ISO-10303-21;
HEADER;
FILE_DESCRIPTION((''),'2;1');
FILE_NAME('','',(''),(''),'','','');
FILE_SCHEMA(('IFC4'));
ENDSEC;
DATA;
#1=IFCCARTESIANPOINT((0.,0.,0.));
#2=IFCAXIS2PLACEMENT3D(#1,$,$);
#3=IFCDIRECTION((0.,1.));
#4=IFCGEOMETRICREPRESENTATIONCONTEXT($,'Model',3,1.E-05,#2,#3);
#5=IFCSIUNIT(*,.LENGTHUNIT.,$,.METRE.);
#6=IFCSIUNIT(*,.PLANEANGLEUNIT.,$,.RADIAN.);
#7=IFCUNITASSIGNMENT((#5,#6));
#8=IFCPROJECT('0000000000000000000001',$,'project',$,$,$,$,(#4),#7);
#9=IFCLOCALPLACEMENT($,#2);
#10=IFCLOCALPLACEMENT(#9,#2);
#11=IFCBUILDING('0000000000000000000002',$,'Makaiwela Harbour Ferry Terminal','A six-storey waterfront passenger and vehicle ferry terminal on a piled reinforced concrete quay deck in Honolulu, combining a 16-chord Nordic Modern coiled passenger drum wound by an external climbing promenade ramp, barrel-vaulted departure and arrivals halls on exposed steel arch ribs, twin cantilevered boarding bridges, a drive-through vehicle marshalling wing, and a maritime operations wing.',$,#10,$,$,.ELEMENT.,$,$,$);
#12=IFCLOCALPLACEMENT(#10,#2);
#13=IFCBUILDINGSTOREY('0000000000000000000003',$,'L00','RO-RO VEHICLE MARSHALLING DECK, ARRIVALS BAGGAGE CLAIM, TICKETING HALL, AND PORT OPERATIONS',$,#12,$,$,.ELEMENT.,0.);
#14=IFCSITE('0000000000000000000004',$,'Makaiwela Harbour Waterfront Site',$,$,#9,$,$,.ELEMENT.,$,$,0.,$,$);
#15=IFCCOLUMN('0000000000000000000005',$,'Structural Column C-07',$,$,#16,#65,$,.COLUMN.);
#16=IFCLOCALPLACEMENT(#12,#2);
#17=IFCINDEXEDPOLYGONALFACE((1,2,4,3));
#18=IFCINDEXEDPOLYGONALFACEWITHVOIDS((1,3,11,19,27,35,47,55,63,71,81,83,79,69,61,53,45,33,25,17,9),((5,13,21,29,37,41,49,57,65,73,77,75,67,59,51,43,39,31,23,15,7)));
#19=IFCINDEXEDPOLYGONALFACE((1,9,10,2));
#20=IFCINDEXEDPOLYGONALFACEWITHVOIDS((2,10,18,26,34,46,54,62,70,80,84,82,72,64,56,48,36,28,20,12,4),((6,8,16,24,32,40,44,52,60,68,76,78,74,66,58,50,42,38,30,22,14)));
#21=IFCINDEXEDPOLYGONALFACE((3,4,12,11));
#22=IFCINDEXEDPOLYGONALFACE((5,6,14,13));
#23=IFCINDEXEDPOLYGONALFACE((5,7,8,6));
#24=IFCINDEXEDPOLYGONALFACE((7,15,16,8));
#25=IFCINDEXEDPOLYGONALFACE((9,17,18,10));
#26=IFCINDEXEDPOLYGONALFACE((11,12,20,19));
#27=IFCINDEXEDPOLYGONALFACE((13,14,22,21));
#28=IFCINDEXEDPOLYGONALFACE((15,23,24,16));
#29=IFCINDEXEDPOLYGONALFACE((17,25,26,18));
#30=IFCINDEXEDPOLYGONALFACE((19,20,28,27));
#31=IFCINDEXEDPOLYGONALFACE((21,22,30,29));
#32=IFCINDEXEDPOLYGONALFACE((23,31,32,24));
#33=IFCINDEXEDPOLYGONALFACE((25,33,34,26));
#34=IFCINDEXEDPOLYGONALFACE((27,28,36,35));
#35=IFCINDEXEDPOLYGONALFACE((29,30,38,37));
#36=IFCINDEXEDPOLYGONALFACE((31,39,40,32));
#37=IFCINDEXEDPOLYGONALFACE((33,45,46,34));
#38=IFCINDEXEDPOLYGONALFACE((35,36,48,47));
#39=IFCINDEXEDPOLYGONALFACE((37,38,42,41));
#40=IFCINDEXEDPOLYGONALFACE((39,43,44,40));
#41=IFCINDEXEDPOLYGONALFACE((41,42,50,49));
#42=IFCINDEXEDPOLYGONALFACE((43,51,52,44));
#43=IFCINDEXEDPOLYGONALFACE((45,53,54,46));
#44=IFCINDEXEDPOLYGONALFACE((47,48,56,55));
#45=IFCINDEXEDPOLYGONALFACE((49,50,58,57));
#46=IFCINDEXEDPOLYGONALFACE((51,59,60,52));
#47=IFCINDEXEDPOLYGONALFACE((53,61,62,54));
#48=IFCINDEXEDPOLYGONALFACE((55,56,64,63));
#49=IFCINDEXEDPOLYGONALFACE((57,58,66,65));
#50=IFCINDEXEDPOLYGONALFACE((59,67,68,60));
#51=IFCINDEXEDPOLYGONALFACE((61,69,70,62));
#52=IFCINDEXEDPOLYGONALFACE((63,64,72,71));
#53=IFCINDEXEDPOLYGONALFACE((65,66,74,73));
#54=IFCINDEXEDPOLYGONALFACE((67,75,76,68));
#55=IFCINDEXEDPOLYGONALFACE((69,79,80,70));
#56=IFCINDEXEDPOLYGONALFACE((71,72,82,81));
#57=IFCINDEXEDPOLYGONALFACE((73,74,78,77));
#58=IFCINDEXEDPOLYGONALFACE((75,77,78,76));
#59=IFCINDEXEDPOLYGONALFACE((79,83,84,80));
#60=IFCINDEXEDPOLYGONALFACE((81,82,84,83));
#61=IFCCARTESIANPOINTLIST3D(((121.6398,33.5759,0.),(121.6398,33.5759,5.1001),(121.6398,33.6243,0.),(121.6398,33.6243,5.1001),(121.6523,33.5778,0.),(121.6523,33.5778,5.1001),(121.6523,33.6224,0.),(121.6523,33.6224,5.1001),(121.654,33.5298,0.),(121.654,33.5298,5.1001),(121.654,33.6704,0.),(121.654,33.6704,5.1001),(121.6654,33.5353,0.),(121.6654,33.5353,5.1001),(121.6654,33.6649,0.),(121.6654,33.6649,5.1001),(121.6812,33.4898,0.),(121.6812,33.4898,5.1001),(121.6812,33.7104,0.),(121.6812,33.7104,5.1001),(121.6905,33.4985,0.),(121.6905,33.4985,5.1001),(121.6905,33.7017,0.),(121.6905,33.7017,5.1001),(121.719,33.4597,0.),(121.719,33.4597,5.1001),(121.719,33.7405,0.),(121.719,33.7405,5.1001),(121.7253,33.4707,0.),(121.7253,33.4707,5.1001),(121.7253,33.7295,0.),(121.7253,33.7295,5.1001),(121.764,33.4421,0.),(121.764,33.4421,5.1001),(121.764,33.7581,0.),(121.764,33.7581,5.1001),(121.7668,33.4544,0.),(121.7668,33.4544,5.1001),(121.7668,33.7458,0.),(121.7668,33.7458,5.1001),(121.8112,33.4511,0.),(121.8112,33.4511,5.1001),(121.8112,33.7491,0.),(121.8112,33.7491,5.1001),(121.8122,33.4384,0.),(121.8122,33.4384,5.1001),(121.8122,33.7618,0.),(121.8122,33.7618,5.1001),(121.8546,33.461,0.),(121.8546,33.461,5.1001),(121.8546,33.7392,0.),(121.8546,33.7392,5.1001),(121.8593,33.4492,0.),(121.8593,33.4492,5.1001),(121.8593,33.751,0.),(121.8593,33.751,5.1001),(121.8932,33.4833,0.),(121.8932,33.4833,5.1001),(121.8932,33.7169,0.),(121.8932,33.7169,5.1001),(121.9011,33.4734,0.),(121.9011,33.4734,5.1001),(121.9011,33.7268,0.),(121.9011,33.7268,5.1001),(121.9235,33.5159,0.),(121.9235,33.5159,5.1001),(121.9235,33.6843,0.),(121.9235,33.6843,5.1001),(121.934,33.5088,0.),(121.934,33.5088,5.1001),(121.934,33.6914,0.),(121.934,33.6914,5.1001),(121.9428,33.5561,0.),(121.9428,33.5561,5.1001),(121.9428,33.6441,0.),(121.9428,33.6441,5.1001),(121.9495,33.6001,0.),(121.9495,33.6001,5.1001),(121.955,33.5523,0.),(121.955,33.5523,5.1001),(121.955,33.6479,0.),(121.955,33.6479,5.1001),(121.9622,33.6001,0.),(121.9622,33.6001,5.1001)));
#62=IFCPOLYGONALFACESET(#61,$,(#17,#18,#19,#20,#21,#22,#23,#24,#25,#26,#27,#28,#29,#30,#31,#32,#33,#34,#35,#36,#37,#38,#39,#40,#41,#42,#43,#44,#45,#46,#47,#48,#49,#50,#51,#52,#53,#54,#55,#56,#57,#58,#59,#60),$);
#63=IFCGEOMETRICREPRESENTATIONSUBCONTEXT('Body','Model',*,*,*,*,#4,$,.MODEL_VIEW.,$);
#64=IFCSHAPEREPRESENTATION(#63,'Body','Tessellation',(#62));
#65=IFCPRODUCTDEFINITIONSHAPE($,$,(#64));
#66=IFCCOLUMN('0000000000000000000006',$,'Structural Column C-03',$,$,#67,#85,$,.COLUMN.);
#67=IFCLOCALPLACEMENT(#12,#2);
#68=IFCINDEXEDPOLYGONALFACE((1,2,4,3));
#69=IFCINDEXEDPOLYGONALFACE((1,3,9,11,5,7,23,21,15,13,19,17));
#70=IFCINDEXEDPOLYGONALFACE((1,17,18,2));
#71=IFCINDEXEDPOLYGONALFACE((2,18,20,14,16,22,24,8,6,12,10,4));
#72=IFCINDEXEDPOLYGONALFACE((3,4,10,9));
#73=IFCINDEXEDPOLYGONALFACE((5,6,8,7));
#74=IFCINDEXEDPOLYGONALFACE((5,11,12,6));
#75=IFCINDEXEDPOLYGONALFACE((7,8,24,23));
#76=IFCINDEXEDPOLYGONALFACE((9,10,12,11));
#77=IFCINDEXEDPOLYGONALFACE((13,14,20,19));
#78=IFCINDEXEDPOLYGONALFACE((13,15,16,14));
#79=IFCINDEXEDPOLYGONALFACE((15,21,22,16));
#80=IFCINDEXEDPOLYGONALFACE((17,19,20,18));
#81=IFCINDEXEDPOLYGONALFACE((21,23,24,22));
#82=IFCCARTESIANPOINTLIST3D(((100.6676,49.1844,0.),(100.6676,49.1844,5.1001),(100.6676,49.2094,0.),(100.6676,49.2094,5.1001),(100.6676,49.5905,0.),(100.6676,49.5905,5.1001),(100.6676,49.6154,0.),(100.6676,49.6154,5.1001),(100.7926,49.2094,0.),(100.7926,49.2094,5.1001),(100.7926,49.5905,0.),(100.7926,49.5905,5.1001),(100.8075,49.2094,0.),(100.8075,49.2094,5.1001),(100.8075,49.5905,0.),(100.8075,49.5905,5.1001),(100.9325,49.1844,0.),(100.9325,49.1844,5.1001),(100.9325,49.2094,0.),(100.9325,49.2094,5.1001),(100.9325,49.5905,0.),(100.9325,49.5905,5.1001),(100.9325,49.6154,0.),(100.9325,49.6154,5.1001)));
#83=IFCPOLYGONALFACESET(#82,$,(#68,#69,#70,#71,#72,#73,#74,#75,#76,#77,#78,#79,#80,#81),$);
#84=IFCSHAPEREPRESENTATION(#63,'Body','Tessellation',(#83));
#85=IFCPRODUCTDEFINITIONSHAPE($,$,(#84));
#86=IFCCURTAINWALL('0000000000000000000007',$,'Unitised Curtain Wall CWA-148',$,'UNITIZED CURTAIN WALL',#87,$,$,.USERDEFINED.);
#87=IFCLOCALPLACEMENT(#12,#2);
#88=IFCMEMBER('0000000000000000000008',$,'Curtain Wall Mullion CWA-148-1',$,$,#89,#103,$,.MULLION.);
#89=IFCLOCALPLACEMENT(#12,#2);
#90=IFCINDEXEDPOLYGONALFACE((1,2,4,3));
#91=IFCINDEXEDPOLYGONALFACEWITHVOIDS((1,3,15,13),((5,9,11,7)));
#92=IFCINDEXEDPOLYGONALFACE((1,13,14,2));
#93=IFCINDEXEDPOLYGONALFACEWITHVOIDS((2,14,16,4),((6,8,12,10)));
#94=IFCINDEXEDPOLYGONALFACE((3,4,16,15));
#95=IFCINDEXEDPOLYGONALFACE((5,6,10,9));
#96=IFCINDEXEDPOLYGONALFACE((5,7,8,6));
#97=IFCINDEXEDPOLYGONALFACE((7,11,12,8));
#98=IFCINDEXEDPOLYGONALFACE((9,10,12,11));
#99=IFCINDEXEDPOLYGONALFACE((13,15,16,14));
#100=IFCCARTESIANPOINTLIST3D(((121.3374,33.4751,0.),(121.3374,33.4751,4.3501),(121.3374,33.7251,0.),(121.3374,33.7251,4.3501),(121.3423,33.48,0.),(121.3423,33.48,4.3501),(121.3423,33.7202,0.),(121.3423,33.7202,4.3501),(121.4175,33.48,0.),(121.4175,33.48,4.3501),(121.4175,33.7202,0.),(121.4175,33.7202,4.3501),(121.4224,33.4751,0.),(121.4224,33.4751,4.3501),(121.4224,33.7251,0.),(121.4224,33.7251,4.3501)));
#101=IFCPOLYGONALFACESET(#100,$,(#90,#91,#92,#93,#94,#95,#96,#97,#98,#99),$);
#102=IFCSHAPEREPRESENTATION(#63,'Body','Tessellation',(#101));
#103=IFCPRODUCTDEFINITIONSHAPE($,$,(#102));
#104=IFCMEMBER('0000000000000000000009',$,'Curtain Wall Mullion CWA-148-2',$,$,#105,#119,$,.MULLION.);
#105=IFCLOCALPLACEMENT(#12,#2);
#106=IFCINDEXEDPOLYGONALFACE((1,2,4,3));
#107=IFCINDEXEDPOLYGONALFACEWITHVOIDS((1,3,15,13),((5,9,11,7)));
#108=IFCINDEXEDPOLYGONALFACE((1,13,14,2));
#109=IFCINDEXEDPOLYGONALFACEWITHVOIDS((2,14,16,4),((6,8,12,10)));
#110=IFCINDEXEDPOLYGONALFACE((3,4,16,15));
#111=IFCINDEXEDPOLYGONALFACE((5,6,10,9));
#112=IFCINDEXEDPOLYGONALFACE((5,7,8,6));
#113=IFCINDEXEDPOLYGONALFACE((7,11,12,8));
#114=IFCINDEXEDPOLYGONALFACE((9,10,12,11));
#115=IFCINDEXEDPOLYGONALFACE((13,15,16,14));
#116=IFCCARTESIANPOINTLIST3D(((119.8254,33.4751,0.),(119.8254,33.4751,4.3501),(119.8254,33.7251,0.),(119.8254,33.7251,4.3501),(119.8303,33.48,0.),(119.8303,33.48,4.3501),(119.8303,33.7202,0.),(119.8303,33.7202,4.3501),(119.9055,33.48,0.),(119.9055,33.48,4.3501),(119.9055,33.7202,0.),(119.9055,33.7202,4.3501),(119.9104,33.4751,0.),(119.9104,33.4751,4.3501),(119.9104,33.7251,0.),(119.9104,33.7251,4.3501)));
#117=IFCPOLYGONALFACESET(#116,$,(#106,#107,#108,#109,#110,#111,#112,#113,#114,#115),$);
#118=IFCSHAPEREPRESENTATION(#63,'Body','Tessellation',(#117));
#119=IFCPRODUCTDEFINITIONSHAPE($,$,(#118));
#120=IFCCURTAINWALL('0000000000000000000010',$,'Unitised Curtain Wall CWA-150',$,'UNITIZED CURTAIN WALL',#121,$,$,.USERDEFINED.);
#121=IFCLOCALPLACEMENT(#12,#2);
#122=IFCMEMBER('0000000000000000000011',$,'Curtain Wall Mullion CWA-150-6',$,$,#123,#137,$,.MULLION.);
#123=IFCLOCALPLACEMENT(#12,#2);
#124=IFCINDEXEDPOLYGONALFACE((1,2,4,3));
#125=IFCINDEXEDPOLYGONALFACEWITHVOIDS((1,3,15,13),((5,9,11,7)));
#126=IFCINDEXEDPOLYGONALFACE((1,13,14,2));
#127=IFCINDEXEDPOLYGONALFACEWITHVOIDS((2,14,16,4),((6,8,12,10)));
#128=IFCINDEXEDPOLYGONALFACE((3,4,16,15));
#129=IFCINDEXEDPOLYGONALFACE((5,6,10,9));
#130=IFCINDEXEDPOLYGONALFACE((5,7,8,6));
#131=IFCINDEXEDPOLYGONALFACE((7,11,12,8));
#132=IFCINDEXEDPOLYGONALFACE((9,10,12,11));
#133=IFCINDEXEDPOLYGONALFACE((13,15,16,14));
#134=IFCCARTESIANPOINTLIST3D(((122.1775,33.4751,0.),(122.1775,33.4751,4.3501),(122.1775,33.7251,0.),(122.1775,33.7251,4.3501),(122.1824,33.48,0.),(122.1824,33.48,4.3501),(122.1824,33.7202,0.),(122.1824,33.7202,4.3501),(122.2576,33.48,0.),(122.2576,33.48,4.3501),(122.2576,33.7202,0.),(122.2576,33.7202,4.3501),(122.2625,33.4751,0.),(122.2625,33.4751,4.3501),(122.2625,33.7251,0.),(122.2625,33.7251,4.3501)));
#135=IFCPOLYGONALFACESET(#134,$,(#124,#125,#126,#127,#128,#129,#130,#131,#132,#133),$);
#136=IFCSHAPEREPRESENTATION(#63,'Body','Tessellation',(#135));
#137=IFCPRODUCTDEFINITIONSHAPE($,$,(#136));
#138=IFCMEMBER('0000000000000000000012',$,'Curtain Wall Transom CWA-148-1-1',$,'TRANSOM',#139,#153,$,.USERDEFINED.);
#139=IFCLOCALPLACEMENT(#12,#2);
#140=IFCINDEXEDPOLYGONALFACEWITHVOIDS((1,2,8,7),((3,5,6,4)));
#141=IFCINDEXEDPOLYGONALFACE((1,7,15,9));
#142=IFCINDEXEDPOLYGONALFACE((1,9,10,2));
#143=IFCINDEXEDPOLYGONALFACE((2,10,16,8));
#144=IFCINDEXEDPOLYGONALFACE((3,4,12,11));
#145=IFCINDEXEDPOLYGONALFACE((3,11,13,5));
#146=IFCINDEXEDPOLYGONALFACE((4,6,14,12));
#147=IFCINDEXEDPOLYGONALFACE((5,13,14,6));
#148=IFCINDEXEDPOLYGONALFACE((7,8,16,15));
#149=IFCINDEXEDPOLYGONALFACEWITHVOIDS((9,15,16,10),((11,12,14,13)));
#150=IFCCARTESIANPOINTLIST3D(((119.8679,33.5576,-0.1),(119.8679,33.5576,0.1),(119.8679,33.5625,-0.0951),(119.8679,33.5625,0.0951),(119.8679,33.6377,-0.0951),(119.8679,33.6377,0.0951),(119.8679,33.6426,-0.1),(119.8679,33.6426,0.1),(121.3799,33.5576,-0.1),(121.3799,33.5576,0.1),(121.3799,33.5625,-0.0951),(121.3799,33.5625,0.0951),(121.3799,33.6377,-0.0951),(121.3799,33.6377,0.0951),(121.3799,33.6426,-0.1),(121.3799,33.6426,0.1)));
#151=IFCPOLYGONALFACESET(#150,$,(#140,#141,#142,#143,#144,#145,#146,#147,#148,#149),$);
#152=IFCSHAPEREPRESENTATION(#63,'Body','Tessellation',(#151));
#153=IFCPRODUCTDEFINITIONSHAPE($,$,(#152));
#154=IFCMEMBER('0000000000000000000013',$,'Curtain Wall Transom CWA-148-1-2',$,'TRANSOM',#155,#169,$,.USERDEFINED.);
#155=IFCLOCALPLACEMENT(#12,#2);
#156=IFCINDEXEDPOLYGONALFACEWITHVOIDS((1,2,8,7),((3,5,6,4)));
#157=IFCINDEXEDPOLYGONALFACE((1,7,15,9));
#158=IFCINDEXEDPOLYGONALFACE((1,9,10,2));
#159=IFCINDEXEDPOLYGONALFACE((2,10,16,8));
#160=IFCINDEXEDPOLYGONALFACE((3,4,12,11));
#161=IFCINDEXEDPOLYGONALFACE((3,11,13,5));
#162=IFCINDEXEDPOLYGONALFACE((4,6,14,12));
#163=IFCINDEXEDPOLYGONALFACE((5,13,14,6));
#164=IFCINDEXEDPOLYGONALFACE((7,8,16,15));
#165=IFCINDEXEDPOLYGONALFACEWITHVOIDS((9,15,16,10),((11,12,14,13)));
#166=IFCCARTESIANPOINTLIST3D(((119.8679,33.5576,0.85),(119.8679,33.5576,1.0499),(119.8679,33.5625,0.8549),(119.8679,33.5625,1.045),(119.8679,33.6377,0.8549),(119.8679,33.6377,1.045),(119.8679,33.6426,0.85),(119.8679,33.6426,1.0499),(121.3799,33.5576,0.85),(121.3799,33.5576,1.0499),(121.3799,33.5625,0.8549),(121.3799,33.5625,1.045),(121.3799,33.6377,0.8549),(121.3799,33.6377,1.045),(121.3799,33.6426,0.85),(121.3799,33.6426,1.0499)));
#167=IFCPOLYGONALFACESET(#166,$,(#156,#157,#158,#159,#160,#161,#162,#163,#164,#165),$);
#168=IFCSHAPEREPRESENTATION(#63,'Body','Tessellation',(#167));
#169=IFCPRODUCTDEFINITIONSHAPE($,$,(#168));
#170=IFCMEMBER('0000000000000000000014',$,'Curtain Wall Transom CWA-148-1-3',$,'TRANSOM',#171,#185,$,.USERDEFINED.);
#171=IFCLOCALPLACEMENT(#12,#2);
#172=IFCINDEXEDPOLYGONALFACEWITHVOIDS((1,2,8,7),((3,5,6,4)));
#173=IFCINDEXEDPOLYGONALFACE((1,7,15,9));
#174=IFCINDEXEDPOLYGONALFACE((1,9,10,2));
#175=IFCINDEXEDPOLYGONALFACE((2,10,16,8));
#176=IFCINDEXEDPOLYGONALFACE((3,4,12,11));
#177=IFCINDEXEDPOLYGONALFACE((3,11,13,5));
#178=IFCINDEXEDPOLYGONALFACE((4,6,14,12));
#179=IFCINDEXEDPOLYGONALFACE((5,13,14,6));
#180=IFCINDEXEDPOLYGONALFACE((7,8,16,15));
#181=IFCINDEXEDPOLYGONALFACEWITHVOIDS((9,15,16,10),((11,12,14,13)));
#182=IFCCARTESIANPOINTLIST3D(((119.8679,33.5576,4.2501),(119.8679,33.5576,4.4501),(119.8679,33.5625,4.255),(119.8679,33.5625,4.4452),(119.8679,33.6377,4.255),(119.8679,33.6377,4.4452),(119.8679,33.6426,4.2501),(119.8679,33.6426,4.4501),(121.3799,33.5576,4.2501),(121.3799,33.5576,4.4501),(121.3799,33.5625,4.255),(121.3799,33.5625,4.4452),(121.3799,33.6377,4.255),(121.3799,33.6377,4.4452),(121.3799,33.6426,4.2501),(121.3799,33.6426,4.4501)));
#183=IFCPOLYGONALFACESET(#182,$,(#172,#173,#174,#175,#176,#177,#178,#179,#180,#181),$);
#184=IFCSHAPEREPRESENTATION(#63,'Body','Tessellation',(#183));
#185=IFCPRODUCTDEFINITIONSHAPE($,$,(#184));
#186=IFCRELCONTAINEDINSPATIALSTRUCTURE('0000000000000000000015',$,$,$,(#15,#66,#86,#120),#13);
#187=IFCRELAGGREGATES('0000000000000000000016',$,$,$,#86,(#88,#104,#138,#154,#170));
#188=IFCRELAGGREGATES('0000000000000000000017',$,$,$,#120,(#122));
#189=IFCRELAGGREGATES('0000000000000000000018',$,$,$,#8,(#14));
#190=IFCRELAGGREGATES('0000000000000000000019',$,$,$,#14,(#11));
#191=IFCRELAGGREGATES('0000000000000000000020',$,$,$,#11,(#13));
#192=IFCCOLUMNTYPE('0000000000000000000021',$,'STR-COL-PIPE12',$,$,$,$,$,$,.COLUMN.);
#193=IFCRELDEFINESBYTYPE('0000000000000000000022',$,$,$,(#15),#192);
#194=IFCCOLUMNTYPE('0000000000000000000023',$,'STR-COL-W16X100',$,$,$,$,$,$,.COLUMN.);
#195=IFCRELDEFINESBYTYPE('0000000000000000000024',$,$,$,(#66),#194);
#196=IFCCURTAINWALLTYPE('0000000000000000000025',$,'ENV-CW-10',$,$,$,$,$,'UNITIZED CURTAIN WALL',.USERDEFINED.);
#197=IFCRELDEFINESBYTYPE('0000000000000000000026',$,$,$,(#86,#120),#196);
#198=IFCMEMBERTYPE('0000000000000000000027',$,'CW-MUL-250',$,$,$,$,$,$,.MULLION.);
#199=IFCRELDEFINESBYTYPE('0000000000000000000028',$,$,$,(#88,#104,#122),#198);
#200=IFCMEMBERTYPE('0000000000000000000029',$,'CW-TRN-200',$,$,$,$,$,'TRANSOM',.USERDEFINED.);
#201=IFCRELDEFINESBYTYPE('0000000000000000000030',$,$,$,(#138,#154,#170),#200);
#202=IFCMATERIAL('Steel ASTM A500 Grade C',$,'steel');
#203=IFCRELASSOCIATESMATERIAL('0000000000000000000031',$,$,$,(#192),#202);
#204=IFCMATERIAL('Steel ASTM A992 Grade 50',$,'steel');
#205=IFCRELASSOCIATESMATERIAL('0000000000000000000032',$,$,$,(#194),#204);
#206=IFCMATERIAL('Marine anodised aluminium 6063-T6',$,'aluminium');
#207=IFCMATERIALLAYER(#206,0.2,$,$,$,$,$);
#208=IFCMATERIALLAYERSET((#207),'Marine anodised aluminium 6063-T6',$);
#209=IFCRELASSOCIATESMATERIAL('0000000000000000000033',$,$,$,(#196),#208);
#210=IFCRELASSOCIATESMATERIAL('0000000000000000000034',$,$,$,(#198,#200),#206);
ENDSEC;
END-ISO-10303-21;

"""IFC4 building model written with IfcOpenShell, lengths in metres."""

from ifc_helpers import new_model, si_unit, direction, frame, origin, origin_2d, place, context, subcontext, project, spatial, hollow_rectangle, hollow_circle, i_section, extrude, material, layer, layer_set, material_profile, profile_set, type_object, element, aggregate, save


model = new_model("IFC4")

# Units and contexts
model_context = context("Model", 3, precision=1e-05, world=origin(), true_north=direction((0.0, 1.0)))
body_context = subcontext(model_context, "Body", "Model", "MODEL_VIEW")
ifc_project = project(units=[si_unit("LENGTHUNIT", "METRE"), si_unit("PLANEANGLEUNIT", "RADIAN")], contexts=[model_context])

# Site, building, storey
site_placement = place(None, origin())
site = spatial("IfcSite", under=ifc_project, at=site_placement, Name="Makaiwela Harbour Waterfront Site", CompositionType="ELEMENT", RefElevation=0.0)
building_placement = place(site_placement, origin())
building = spatial("IfcBuilding", under=site, at=building_placement, Name="Makaiwela Harbour Ferry Terminal", Description="A six-storey waterfront passenger and vehicle ferry terminal on a piled reinforced concrete quay deck in Honolulu, combining a 16-chord Nordic Modern coiled passenger drum wound by an external climbing promenade ramp, barrel-vaulted departure and arrivals halls on exposed steel arch ribs, twin cantilevered boarding bridges, a drive-through vehicle marshalling wing, and a maritime operations wing.", CompositionType="ELEMENT")
storey_placement = place(building_placement, origin())
storey = spatial("IfcBuildingStorey", under=building, at=storey_placement, Name="L00", Description="RO-RO VEHICLE MARSHALLING DECK, ARRIVALS BAGGAGE CLAIM, TICKETING HALL, AND PORT OPERATIONS", CompositionType="ELEMENT", Elevation=0.0)

# Columns
ifc_material_1 = material(Name="Steel ASTM A500 Grade C", Category="steel")
ifc_material_profile_1 = material_profile(ifc_material_1, hollow_circle(Radius=0.1621, WallThickness=0.0127, at=origin_2d()), Name="PIPE12XS")
ifc_profile_set_1 = profile_set([ifc_material_profile_1], Name="Steel ASTM A500 Grade C")
column_type_1 = type_object("IfcColumnType", Name="STR-COL-PIPE12", PredefinedType="COLUMN", material=ifc_profile_set_1)
column_1_placement = place(storey_placement, frame((121.8, 33.6001, 0.0), z_axis=(0.0, 0.0, 1.0), x_axis=(1.0, 0.0, 0.0)))
element("IfcColumn", 1, at=column_1_placement, inside=storey, type_object=column_type_1, Name="Structural Column C-07", PredefinedType="COLUMN", context=body_context, shape_type="SweptSolid", body=[
    extrude(hollow_circle(Radius=0.1621, WallThickness=0.0127, at=origin_2d()), origin(), (0.0, 0.0, 1.0), 5.1001),
])
ifc_material_2 = material(Name="Steel ASTM A992 Grade 50", Category="steel")
ifc_material_profile_2 = material_profile(ifc_material_2, i_section(OverallWidth=0.2649, OverallDepth=0.4309, WebThickness=0.0149, FlangeThickness=0.0249, at=origin_2d()), Name="W16X100")
ifc_profile_set_2 = profile_set([ifc_material_profile_2], Name="Steel ASTM A992 Grade 50")
column_type_2 = type_object("IfcColumnType", Name="STR-COL-W16X100", PredefinedType="COLUMN", material=ifc_profile_set_2)
column_2_placement = place(storey_placement, frame((100.8, 49.3999, 0.0), z_axis=(0.0, 0.0, 1.0), x_axis=(1.0, 0.0, 0.0)))
element("IfcColumn", 2, at=column_2_placement, inside=storey, type_object=column_type_2, Name="Structural Column C-03", PredefinedType="COLUMN", context=body_context, shape_type="SweptSolid", body=[
    extrude(i_section(OverallWidth=0.2649, OverallDepth=0.4309, WebThickness=0.0149, FlangeThickness=0.0249, at=origin_2d()), origin(), (0.0, 0.0, 1.0), 5.1001),
])

# Curtain wall, members
ifc_material_3 = material(Name="Marine anodised aluminium 6063-T6", Category="aluminium")
ifc_layer_1 = layer(ifc_material_3, 0.2)
ifc_layer_set_1 = layer_set([ifc_layer_1], Name="Marine anodised aluminium 6063-T6")
curtain_wall_type = type_object("IfcCurtainWallType", Name="ENV-CW-10", ElementType="UNITIZED CURTAIN WALL", PredefinedType="USERDEFINED", material=ifc_layer_set_1)
curtain_wall_1_placement = place(storey_placement, origin())
curtain_wall_1 = element("IfcCurtainWall", 3, at=curtain_wall_1_placement, inside=storey, type_object=curtain_wall_type, Name="Unitised Curtain Wall CWA-148", ObjectType="UNITIZED CURTAIN WALL", PredefinedType="USERDEFINED")
ifc_material_profile_3 = material_profile(ifc_material_3, hollow_rectangle(XDim=0.085, YDim=0.25, WallThickness=0.0049, at=origin_2d()), Name="CWM-250X85")
ifc_profile_set_3 = profile_set([ifc_material_profile_3], Name="Marine anodised aluminium 6063-T6")
member_type_1 = type_object("IfcMemberType", Name="CW-MUL-250", PredefinedType="MULLION", material=ifc_profile_set_3)
member_1_placement = place(storey_placement, frame((121.3799, 33.6001, 0.0), z_axis=(0.0, 0.0, 1.0), x_axis=(1.0, 0.0, 0.0)))
member_1 = element("IfcMember", 4, at=member_1_placement, type_object=member_type_1, Name="Curtain Wall Mullion CWA-148-1", PredefinedType="MULLION", context=body_context, shape_type="SweptSolid", body=[
    extrude(hollow_rectangle(XDim=0.085, YDim=0.25, WallThickness=0.0049, at=origin_2d()), origin(), (0.0, 0.0, 1.0), 4.3501),
])
member_2_placement = place(storey_placement, frame((119.8679, 33.6001, 0.0), z_axis=(0.0, 0.0, 1.0), x_axis=(1.0, 0.0, 0.0)))
member_2 = element("IfcMember", 5, at=member_2_placement, type_object=member_type_1, Name="Curtain Wall Mullion CWA-148-2", PredefinedType="MULLION", context=body_context, shape_type="SweptSolid", body=[
    extrude(hollow_rectangle(XDim=0.085, YDim=0.25, WallThickness=0.0049, at=origin_2d()), origin(), (0.0, 0.0, 1.0), 4.3501),
])

# Curtain wall, member
curtain_wall_2_placement = place(storey_placement, origin())
curtain_wall_2 = element("IfcCurtainWall", 6, at=curtain_wall_2_placement, inside=storey, type_object=curtain_wall_type, Name="Unitised Curtain Wall CWA-150", ObjectType="UNITIZED CURTAIN WALL", PredefinedType="USERDEFINED")
member_3_placement = place(storey_placement, frame((122.22, 33.6001, 0.0), z_axis=(0.0, 0.0, 1.0), x_axis=(1.0, 0.0, 0.0)))
member_3 = element("IfcMember", 7, at=member_3_placement, type_object=member_type_1, Name="Curtain Wall Mullion CWA-150-6", PredefinedType="MULLION", context=body_context, shape_type="SweptSolid", body=[
    extrude(hollow_rectangle(XDim=0.085, YDim=0.25, WallThickness=0.0049, at=origin_2d()), origin(), (0.0, 0.0, 1.0), 4.3501),
])

# Members
ifc_material_profile_4 = material_profile(ifc_material_3, hollow_rectangle(XDim=0.085, YDim=0.2, WallThickness=0.0049, at=origin_2d()), Name="CWT-200X85")
ifc_profile_set_4 = profile_set([ifc_material_profile_4], Name="Marine anodised aluminium 6063-T6")
member_type_2 = type_object("IfcMemberType", Name="CW-TRN-200", ElementType="TRANSOM", PredefinedType="USERDEFINED", material=ifc_profile_set_4)
member_4_placement = place(storey_placement, frame((121.3799, 33.6001, 0.0), z_axis=(-1.0, 0.0, 0.0), x_axis=(0.0, -1.0, 0.0)))
member_4 = element("IfcMember", 8, at=member_4_placement, type_object=member_type_2, Name="Curtain Wall Transom CWA-148-1-1", ObjectType="TRANSOM", PredefinedType="USERDEFINED", context=body_context, shape_type="SweptSolid", body=[
    extrude(hollow_rectangle(XDim=0.085, YDim=0.2, WallThickness=0.0049, at=origin_2d()), origin(), (0.0, 0.0, 1.0), 1.512),
])
member_5_placement = place(storey_placement, frame((121.3799, 33.6001, 0.95), z_axis=(-1.0, 0.0, 0.0), x_axis=(0.0, -1.0, 0.0)))
member_5 = element("IfcMember", 9, at=member_5_placement, type_object=member_type_2, Name="Curtain Wall Transom CWA-148-1-2", ObjectType="TRANSOM", PredefinedType="USERDEFINED", context=body_context, shape_type="SweptSolid", body=[
    extrude(hollow_rectangle(XDim=0.085, YDim=0.2, WallThickness=0.0049, at=origin_2d()), origin(), (0.0, 0.0, 1.0), 1.512),
])
member_6_placement = place(storey_placement, frame((121.3799, 33.6001, 4.3501), z_axis=(-1.0, 0.0, 0.0), x_axis=(0.0, -1.0, 0.0)))
member_6 = element("IfcMember", 10, at=member_6_placement, type_object=member_type_2, Name="Curtain Wall Transom CWA-148-1-3", ObjectType="TRANSOM", PredefinedType="USERDEFINED", context=body_context, shape_type="SweptSolid", body=[
    extrude(hollow_rectangle(XDim=0.085, YDim=0.2, WallThickness=0.0049, at=origin_2d()), origin(), (0.0, 0.0, 1.0), 1.512),
])

aggregate(curtain_wall_1, [member_1, member_2, member_4, member_5, member_6])
aggregate(curtain_wall_2, [member_3])

save(model, "model.ifc")
